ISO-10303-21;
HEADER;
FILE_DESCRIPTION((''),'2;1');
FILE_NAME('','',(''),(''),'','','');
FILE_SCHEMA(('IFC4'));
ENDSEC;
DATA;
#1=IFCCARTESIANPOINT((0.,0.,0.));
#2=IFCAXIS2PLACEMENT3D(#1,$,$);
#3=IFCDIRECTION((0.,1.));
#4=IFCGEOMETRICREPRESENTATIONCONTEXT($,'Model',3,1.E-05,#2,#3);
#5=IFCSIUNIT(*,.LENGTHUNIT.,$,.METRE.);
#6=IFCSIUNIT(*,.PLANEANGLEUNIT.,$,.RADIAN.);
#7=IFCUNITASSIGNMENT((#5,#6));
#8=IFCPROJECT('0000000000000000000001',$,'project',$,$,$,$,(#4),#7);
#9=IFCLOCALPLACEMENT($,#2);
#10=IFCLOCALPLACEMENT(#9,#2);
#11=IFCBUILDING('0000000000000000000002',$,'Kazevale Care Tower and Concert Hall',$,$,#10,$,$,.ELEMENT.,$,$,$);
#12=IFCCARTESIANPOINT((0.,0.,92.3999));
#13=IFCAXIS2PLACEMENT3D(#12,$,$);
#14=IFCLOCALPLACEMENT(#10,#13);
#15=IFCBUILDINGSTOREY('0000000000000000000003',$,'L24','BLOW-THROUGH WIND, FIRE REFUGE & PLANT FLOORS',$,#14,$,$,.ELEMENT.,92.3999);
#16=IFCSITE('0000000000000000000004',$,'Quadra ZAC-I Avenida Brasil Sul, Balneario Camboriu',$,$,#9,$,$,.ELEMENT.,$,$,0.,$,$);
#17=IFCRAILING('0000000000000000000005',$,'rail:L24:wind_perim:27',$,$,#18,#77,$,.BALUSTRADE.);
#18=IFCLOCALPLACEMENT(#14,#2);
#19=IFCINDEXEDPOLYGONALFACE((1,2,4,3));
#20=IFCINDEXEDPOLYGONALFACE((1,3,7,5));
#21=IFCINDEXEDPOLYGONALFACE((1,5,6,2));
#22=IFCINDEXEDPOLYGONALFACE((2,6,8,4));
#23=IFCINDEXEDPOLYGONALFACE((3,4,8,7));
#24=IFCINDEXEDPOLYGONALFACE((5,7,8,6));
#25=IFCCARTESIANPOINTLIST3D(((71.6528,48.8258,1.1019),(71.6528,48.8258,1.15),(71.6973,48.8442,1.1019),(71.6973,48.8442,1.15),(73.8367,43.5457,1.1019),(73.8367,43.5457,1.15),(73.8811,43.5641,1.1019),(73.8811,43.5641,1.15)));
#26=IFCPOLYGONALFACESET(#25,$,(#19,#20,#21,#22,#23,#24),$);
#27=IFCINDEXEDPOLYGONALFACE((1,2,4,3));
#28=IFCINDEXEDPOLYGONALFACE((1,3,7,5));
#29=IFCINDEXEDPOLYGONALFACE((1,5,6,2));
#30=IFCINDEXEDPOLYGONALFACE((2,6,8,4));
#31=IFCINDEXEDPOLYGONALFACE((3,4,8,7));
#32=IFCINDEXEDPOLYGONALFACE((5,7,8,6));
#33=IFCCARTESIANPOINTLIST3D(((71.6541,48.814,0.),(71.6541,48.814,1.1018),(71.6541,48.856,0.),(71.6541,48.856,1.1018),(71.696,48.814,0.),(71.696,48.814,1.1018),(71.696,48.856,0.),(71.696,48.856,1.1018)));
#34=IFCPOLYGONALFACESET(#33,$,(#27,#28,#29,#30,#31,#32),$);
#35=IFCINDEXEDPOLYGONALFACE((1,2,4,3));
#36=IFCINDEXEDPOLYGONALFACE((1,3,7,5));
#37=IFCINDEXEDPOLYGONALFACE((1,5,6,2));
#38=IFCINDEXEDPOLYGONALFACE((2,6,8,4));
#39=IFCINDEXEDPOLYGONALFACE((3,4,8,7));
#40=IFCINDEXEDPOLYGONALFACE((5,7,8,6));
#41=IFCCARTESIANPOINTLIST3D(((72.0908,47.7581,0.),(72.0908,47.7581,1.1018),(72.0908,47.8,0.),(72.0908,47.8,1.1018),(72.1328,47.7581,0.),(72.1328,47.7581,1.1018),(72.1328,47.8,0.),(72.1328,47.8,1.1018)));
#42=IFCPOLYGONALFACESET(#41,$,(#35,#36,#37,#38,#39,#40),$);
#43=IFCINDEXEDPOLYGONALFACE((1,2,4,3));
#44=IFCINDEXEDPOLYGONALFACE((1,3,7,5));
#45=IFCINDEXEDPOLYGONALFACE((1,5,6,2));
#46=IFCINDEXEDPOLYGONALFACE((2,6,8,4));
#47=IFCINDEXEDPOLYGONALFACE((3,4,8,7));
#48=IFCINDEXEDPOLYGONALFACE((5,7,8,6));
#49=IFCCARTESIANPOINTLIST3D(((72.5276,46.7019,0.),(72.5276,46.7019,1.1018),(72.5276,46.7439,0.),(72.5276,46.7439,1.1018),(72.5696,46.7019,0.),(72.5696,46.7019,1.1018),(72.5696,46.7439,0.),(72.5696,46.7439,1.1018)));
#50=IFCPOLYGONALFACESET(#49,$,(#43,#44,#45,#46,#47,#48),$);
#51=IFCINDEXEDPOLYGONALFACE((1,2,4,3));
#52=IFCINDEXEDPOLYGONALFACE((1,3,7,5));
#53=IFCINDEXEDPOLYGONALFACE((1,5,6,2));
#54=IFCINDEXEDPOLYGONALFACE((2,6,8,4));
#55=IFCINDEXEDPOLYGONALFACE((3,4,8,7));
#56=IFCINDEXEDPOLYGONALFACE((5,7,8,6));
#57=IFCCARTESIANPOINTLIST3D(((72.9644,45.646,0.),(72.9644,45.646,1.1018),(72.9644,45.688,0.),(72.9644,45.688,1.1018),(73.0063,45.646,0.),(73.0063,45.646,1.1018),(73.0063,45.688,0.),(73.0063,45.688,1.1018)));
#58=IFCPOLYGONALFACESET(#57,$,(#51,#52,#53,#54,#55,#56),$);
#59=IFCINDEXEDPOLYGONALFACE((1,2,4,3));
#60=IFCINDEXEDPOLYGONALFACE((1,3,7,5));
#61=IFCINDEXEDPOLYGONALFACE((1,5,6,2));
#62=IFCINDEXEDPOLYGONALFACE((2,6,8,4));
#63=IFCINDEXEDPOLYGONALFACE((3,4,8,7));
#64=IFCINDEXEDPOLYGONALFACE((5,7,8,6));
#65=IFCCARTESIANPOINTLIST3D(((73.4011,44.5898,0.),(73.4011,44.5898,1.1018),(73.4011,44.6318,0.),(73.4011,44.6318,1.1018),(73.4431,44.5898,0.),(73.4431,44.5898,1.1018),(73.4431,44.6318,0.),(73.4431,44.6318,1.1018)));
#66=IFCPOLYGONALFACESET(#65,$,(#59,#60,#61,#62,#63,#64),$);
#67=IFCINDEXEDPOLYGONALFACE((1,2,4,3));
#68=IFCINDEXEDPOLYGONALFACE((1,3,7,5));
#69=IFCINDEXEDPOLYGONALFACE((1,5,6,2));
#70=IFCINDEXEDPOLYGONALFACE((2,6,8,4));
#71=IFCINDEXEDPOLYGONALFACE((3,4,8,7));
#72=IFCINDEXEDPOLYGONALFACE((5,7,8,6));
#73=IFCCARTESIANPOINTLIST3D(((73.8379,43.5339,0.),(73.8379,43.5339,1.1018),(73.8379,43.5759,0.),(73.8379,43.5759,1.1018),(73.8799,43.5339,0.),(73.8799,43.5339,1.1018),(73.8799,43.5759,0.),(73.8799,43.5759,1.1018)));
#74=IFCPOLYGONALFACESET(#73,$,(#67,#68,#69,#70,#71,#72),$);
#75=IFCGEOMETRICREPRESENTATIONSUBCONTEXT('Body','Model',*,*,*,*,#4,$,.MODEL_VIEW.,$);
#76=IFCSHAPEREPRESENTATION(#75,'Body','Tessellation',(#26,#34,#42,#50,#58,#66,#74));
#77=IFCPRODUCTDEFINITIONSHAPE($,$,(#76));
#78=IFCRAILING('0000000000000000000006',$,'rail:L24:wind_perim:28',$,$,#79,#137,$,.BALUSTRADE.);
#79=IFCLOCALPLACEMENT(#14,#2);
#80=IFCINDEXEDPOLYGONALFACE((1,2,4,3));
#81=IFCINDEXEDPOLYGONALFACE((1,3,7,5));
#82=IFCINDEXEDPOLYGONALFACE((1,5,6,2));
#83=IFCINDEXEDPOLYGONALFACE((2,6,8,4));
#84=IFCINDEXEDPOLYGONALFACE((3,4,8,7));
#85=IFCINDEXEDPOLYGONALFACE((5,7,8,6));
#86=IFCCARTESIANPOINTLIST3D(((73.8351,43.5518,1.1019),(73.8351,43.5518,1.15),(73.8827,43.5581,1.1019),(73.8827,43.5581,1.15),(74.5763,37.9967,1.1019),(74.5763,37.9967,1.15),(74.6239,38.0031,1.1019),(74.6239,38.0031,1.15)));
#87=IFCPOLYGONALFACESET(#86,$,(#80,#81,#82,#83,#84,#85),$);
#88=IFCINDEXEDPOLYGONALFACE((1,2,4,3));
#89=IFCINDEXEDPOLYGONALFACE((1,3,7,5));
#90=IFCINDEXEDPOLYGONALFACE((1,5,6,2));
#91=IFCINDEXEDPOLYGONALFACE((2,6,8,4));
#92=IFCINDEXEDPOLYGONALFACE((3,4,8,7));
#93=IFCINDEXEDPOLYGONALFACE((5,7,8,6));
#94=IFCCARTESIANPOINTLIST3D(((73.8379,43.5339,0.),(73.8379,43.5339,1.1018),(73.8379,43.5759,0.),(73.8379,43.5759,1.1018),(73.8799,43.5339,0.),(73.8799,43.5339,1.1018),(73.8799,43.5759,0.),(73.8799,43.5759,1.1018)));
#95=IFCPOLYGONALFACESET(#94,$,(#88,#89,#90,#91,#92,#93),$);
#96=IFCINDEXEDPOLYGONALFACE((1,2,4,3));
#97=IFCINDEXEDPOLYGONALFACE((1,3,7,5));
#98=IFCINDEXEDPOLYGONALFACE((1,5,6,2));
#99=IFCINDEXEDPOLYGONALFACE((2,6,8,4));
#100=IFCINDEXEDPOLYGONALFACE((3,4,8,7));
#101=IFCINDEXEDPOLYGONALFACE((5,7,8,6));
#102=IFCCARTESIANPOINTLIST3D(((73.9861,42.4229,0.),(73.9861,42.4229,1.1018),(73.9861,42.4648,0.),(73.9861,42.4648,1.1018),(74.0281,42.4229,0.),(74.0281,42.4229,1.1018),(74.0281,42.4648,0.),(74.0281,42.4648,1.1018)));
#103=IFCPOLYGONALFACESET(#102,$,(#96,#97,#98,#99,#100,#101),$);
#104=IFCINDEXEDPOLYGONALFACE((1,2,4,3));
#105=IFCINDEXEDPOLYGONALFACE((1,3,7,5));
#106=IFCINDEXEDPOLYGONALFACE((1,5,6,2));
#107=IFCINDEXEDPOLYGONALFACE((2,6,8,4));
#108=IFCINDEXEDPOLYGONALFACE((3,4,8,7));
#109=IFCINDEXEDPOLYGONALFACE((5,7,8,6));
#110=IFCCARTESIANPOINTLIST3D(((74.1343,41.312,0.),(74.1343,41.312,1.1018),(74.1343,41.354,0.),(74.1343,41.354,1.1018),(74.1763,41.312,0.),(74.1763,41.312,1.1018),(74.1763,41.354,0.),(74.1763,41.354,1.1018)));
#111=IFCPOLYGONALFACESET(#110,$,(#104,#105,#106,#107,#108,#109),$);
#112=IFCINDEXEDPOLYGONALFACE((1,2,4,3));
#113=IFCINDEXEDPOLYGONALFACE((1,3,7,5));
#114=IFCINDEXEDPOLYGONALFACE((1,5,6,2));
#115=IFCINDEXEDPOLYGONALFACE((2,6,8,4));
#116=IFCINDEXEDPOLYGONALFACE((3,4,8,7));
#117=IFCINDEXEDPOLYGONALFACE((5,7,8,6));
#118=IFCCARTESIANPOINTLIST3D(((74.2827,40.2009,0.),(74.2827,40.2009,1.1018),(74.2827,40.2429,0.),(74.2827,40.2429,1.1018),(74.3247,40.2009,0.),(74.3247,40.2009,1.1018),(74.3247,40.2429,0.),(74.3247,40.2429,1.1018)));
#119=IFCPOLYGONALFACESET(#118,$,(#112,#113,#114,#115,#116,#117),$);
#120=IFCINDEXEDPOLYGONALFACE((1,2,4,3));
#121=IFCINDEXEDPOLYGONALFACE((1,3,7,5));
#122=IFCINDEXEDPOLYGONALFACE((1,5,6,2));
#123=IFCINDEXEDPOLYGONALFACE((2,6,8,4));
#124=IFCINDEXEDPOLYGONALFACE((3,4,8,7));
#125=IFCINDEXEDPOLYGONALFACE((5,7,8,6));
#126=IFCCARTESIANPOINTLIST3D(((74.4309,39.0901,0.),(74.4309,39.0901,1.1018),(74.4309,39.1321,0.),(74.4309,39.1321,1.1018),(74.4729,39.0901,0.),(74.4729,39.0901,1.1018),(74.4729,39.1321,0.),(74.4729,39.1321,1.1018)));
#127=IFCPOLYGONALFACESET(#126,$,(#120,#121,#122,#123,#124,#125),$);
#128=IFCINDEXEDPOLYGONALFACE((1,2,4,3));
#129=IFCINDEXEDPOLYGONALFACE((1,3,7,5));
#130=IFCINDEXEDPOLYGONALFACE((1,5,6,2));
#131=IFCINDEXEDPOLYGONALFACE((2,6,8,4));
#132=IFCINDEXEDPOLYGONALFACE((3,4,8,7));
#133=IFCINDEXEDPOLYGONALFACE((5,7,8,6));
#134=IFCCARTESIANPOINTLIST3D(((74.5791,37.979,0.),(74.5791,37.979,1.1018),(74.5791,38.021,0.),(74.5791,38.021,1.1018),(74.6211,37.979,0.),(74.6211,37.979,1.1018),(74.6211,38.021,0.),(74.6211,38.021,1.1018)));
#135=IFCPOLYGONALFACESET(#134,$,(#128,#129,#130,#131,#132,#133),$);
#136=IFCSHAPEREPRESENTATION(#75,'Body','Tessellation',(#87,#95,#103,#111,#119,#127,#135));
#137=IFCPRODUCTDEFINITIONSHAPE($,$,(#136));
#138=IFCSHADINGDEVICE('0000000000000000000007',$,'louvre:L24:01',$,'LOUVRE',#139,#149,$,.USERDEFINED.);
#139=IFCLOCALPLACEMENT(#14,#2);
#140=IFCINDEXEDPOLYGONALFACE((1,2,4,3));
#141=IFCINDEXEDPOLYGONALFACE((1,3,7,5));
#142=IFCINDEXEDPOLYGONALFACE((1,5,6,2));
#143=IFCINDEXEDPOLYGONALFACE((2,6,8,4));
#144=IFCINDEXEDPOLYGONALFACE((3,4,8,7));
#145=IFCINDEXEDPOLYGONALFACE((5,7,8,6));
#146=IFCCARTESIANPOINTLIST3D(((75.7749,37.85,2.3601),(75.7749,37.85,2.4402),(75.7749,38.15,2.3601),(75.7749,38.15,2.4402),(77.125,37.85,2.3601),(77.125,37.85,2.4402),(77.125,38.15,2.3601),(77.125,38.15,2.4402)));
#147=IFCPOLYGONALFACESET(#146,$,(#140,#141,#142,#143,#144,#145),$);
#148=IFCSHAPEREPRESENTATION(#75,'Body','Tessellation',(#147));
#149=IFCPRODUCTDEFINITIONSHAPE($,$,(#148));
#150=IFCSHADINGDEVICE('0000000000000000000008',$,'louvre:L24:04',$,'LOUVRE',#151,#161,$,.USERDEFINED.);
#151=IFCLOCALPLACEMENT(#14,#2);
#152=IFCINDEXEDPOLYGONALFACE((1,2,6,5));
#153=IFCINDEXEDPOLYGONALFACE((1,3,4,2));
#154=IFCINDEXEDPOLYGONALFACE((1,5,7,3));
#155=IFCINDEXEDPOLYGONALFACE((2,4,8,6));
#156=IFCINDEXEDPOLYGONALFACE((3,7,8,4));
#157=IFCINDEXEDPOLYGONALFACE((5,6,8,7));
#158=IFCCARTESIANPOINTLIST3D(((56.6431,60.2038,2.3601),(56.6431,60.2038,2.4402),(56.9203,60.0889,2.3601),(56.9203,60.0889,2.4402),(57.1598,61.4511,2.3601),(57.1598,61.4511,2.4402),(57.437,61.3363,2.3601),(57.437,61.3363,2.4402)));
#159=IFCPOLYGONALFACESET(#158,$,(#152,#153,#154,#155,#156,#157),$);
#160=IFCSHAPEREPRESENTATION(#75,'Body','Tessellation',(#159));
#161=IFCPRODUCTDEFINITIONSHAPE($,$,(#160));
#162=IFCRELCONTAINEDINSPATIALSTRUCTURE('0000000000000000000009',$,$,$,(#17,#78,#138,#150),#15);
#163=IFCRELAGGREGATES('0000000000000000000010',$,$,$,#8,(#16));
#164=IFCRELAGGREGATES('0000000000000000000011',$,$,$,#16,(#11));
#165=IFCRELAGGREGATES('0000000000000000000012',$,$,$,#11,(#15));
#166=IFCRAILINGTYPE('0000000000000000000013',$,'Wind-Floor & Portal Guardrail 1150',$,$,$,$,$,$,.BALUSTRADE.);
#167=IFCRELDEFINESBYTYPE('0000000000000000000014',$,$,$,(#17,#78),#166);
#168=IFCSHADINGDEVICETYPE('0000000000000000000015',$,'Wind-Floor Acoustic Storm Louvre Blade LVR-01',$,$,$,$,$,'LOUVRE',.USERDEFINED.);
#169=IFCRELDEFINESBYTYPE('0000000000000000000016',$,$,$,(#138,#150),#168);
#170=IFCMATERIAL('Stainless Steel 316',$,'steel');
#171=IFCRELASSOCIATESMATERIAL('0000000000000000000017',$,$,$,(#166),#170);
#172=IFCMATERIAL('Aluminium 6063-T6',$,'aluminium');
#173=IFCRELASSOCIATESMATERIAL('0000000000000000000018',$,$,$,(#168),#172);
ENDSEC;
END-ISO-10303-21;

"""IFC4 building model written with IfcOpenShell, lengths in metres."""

from ifc_helpers import new_model, si_unit, direction, frame, origin, origin_2d, place, context, subcontext, project, spatial, rectangle, extrude, material, type_object, element, save


model = new_model("IFC4")

# Units and contexts
model_context = context("Model", 3, precision=1e-05, world=origin(), true_north=direction((0.0, 1.0)))
body_context = subcontext(model_context, "Body", "Model", "MODEL_VIEW")
ifc_project = project(units=[si_unit("LENGTHUNIT", "METRE"), si_unit("PLANEANGLEUNIT", "RADIAN")], contexts=[model_context])

# Site, building, storey
site_placement = place(None, origin())
site = spatial("IfcSite", under=ifc_project, at=site_placement, Name="Quadra ZAC-I Avenida Brasil Sul, Balneario Camboriu", CompositionType="ELEMENT", RefElevation=0.0)
building_placement = place(site_placement, origin())
building = spatial("IfcBuilding", under=site, at=building_placement, Name="Kazevale Care Tower and Concert Hall", CompositionType="ELEMENT")
storey_placement = place(building_placement, frame((0.0, 0.0, 92.3999)))
storey = spatial("IfcBuildingStorey", under=building, at=storey_placement, Name="L24", Description="BLOW-THROUGH WIND, FIRE REFUGE & PLANT FLOORS", CompositionType="ELEMENT", Elevation=92.3999)

# Railings
ifc_material_1 = material(Name="Stainless Steel 316", Category="steel")
railing_type = type_object("IfcRailingType", Name="Wind-Floor & Portal Guardrail 1150", PredefinedType="BALUSTRADE", material=ifc_material_1)
railing_1_placement = place(storey_placement, frame((71.675, 48.835, 0.0)))
element("IfcRailing", 1, at=railing_1_placement, inside=storey, type_object=railing_type, Name="rail:L24:wind_perim:27", PredefinedType="BALUSTRADE", context=body_context, shape_type="SweptSolid", body=[
    extrude(rectangle(XDim=0.0481, YDim=0.0481, at=origin_2d()), frame((0.0, 0.0, 1.126), z_axis=(0.382202, -0.924079, 0.0), x_axis=(0.924079, 0.382202, 0.0)), (0.0, 0.0, 1.0), 5.7139),
    extrude(rectangle(XDim=0.042, YDim=0.042, at=origin_2d()), origin(), (0.0, 0.0, 1.0), 1.1018),
    extrude(rectangle(XDim=0.042, YDim=0.042, at=origin_2d()), frame((0.4368, -1.0559, 0.0)), (0.0, 0.0, 1.0), 1.1018),
    extrude(rectangle(XDim=0.042, YDim=0.042, at=origin_2d()), frame((0.8735, -2.1121, 0.0)), (0.0, 0.0, 1.0), 1.1018),
    extrude(rectangle(XDim=0.042, YDim=0.042, at=origin_2d()), frame((1.3103, -3.168, 0.0)), (0.0, 0.0, 1.0), 1.1018),
    extrude(rectangle(XDim=0.042, YDim=0.042, at=origin_2d()), frame((1.7471, -4.2241, 0.0)), (0.0, 0.0, 1.0), 1.1018),
    extrude(rectangle(XDim=0.042, YDim=0.042, at=origin_2d()), frame((2.1838, -5.28, 0.0)), (0.0, 0.0, 1.0), 1.1018),
])
railing_2_placement = place(storey_placement, frame((73.8589, 43.5549, 0.0)))
element("IfcRailing", 2, at=railing_2_placement, inside=storey, type_object=railing_type, Name="rail:L24:wind_perim:28", PredefinedType="BALUSTRADE", context=body_context, shape_type="SweptSolid", body=[
    extrude(rectangle(XDim=0.0481, YDim=0.0481, at=origin_2d()), frame((0.0, 0.0, 1.126), z_axis=(0.132261, -0.991215, 0.0), x_axis=(0.991215, 0.132261, 0.0)), (0.0, 0.0, 1.0), 5.6042),
    extrude(rectangle(XDim=0.042, YDim=0.042, at=origin_2d()), origin(), (0.0, 0.0, 1.0), 1.1018),
    extrude(rectangle(XDim=0.042, YDim=0.042, at=origin_2d()), frame((0.1482, -1.1111, 0.0)), (0.0, 0.0, 1.0), 1.1018),
    extrude(rectangle(XDim=0.042, YDim=0.042, at=origin_2d()), frame((0.2964, -2.2219, 0.0)), (0.0, 0.0, 1.0), 1.1018),
    extrude(rectangle(XDim=0.042, YDim=0.042, at=origin_2d()), frame((0.4448, -3.333, 0.0)), (0.0, 0.0, 1.0), 1.1018),
    extrude(rectangle(XDim=0.042, YDim=0.042, at=origin_2d()), frame((0.593, -4.4438, 0.0)), (0.0, 0.0, 1.0), 1.1018),
    extrude(rectangle(XDim=0.042, YDim=0.042, at=origin_2d()), frame((0.7412, -5.5549, 0.0)), (0.0, 0.0, 1.0), 1.1018),
])

# Shading devices
ifc_material_2 = material(Name="Aluminium 6063-T6", Category="aluminium")
shading_device_type = type_object("IfcShadingDeviceType", Name="Wind-Floor Acoustic Storm Louvre Blade LVR-01", ElementType="LOUVRE", PredefinedType="USERDEFINED", material=ifc_material_2)
for number, where, z_axis, x_axis, name in (
    (3, (76.45, 38.0, 2.3601), (0.0, 0.0, 1.0), (1.0, 0.0, 0.0), "louvre:L24:01"),
    (4, (57.04, 60.77, 2.3601), (0.0, 0.0, 1.0), (0.382683, 0.92388, 0.0), "louvre:L24:04"),
):
    element("IfcShadingDevice", number, at=place(storey_placement, frame(where, z_axis=z_axis, x_axis=x_axis)), inside=storey, type_object=shading_device_type, Name=name, ObjectType="LOUVRE", PredefinedType="USERDEFINED", context=body_context, shape_type="SweptSolid", body=[
        extrude(rectangle(XDim=1.3501, YDim=0.3, at=origin_2d()), origin(), (0.0, 0.0, 1.0), 0.0801),
    ])

save(model, "model.ifc")
